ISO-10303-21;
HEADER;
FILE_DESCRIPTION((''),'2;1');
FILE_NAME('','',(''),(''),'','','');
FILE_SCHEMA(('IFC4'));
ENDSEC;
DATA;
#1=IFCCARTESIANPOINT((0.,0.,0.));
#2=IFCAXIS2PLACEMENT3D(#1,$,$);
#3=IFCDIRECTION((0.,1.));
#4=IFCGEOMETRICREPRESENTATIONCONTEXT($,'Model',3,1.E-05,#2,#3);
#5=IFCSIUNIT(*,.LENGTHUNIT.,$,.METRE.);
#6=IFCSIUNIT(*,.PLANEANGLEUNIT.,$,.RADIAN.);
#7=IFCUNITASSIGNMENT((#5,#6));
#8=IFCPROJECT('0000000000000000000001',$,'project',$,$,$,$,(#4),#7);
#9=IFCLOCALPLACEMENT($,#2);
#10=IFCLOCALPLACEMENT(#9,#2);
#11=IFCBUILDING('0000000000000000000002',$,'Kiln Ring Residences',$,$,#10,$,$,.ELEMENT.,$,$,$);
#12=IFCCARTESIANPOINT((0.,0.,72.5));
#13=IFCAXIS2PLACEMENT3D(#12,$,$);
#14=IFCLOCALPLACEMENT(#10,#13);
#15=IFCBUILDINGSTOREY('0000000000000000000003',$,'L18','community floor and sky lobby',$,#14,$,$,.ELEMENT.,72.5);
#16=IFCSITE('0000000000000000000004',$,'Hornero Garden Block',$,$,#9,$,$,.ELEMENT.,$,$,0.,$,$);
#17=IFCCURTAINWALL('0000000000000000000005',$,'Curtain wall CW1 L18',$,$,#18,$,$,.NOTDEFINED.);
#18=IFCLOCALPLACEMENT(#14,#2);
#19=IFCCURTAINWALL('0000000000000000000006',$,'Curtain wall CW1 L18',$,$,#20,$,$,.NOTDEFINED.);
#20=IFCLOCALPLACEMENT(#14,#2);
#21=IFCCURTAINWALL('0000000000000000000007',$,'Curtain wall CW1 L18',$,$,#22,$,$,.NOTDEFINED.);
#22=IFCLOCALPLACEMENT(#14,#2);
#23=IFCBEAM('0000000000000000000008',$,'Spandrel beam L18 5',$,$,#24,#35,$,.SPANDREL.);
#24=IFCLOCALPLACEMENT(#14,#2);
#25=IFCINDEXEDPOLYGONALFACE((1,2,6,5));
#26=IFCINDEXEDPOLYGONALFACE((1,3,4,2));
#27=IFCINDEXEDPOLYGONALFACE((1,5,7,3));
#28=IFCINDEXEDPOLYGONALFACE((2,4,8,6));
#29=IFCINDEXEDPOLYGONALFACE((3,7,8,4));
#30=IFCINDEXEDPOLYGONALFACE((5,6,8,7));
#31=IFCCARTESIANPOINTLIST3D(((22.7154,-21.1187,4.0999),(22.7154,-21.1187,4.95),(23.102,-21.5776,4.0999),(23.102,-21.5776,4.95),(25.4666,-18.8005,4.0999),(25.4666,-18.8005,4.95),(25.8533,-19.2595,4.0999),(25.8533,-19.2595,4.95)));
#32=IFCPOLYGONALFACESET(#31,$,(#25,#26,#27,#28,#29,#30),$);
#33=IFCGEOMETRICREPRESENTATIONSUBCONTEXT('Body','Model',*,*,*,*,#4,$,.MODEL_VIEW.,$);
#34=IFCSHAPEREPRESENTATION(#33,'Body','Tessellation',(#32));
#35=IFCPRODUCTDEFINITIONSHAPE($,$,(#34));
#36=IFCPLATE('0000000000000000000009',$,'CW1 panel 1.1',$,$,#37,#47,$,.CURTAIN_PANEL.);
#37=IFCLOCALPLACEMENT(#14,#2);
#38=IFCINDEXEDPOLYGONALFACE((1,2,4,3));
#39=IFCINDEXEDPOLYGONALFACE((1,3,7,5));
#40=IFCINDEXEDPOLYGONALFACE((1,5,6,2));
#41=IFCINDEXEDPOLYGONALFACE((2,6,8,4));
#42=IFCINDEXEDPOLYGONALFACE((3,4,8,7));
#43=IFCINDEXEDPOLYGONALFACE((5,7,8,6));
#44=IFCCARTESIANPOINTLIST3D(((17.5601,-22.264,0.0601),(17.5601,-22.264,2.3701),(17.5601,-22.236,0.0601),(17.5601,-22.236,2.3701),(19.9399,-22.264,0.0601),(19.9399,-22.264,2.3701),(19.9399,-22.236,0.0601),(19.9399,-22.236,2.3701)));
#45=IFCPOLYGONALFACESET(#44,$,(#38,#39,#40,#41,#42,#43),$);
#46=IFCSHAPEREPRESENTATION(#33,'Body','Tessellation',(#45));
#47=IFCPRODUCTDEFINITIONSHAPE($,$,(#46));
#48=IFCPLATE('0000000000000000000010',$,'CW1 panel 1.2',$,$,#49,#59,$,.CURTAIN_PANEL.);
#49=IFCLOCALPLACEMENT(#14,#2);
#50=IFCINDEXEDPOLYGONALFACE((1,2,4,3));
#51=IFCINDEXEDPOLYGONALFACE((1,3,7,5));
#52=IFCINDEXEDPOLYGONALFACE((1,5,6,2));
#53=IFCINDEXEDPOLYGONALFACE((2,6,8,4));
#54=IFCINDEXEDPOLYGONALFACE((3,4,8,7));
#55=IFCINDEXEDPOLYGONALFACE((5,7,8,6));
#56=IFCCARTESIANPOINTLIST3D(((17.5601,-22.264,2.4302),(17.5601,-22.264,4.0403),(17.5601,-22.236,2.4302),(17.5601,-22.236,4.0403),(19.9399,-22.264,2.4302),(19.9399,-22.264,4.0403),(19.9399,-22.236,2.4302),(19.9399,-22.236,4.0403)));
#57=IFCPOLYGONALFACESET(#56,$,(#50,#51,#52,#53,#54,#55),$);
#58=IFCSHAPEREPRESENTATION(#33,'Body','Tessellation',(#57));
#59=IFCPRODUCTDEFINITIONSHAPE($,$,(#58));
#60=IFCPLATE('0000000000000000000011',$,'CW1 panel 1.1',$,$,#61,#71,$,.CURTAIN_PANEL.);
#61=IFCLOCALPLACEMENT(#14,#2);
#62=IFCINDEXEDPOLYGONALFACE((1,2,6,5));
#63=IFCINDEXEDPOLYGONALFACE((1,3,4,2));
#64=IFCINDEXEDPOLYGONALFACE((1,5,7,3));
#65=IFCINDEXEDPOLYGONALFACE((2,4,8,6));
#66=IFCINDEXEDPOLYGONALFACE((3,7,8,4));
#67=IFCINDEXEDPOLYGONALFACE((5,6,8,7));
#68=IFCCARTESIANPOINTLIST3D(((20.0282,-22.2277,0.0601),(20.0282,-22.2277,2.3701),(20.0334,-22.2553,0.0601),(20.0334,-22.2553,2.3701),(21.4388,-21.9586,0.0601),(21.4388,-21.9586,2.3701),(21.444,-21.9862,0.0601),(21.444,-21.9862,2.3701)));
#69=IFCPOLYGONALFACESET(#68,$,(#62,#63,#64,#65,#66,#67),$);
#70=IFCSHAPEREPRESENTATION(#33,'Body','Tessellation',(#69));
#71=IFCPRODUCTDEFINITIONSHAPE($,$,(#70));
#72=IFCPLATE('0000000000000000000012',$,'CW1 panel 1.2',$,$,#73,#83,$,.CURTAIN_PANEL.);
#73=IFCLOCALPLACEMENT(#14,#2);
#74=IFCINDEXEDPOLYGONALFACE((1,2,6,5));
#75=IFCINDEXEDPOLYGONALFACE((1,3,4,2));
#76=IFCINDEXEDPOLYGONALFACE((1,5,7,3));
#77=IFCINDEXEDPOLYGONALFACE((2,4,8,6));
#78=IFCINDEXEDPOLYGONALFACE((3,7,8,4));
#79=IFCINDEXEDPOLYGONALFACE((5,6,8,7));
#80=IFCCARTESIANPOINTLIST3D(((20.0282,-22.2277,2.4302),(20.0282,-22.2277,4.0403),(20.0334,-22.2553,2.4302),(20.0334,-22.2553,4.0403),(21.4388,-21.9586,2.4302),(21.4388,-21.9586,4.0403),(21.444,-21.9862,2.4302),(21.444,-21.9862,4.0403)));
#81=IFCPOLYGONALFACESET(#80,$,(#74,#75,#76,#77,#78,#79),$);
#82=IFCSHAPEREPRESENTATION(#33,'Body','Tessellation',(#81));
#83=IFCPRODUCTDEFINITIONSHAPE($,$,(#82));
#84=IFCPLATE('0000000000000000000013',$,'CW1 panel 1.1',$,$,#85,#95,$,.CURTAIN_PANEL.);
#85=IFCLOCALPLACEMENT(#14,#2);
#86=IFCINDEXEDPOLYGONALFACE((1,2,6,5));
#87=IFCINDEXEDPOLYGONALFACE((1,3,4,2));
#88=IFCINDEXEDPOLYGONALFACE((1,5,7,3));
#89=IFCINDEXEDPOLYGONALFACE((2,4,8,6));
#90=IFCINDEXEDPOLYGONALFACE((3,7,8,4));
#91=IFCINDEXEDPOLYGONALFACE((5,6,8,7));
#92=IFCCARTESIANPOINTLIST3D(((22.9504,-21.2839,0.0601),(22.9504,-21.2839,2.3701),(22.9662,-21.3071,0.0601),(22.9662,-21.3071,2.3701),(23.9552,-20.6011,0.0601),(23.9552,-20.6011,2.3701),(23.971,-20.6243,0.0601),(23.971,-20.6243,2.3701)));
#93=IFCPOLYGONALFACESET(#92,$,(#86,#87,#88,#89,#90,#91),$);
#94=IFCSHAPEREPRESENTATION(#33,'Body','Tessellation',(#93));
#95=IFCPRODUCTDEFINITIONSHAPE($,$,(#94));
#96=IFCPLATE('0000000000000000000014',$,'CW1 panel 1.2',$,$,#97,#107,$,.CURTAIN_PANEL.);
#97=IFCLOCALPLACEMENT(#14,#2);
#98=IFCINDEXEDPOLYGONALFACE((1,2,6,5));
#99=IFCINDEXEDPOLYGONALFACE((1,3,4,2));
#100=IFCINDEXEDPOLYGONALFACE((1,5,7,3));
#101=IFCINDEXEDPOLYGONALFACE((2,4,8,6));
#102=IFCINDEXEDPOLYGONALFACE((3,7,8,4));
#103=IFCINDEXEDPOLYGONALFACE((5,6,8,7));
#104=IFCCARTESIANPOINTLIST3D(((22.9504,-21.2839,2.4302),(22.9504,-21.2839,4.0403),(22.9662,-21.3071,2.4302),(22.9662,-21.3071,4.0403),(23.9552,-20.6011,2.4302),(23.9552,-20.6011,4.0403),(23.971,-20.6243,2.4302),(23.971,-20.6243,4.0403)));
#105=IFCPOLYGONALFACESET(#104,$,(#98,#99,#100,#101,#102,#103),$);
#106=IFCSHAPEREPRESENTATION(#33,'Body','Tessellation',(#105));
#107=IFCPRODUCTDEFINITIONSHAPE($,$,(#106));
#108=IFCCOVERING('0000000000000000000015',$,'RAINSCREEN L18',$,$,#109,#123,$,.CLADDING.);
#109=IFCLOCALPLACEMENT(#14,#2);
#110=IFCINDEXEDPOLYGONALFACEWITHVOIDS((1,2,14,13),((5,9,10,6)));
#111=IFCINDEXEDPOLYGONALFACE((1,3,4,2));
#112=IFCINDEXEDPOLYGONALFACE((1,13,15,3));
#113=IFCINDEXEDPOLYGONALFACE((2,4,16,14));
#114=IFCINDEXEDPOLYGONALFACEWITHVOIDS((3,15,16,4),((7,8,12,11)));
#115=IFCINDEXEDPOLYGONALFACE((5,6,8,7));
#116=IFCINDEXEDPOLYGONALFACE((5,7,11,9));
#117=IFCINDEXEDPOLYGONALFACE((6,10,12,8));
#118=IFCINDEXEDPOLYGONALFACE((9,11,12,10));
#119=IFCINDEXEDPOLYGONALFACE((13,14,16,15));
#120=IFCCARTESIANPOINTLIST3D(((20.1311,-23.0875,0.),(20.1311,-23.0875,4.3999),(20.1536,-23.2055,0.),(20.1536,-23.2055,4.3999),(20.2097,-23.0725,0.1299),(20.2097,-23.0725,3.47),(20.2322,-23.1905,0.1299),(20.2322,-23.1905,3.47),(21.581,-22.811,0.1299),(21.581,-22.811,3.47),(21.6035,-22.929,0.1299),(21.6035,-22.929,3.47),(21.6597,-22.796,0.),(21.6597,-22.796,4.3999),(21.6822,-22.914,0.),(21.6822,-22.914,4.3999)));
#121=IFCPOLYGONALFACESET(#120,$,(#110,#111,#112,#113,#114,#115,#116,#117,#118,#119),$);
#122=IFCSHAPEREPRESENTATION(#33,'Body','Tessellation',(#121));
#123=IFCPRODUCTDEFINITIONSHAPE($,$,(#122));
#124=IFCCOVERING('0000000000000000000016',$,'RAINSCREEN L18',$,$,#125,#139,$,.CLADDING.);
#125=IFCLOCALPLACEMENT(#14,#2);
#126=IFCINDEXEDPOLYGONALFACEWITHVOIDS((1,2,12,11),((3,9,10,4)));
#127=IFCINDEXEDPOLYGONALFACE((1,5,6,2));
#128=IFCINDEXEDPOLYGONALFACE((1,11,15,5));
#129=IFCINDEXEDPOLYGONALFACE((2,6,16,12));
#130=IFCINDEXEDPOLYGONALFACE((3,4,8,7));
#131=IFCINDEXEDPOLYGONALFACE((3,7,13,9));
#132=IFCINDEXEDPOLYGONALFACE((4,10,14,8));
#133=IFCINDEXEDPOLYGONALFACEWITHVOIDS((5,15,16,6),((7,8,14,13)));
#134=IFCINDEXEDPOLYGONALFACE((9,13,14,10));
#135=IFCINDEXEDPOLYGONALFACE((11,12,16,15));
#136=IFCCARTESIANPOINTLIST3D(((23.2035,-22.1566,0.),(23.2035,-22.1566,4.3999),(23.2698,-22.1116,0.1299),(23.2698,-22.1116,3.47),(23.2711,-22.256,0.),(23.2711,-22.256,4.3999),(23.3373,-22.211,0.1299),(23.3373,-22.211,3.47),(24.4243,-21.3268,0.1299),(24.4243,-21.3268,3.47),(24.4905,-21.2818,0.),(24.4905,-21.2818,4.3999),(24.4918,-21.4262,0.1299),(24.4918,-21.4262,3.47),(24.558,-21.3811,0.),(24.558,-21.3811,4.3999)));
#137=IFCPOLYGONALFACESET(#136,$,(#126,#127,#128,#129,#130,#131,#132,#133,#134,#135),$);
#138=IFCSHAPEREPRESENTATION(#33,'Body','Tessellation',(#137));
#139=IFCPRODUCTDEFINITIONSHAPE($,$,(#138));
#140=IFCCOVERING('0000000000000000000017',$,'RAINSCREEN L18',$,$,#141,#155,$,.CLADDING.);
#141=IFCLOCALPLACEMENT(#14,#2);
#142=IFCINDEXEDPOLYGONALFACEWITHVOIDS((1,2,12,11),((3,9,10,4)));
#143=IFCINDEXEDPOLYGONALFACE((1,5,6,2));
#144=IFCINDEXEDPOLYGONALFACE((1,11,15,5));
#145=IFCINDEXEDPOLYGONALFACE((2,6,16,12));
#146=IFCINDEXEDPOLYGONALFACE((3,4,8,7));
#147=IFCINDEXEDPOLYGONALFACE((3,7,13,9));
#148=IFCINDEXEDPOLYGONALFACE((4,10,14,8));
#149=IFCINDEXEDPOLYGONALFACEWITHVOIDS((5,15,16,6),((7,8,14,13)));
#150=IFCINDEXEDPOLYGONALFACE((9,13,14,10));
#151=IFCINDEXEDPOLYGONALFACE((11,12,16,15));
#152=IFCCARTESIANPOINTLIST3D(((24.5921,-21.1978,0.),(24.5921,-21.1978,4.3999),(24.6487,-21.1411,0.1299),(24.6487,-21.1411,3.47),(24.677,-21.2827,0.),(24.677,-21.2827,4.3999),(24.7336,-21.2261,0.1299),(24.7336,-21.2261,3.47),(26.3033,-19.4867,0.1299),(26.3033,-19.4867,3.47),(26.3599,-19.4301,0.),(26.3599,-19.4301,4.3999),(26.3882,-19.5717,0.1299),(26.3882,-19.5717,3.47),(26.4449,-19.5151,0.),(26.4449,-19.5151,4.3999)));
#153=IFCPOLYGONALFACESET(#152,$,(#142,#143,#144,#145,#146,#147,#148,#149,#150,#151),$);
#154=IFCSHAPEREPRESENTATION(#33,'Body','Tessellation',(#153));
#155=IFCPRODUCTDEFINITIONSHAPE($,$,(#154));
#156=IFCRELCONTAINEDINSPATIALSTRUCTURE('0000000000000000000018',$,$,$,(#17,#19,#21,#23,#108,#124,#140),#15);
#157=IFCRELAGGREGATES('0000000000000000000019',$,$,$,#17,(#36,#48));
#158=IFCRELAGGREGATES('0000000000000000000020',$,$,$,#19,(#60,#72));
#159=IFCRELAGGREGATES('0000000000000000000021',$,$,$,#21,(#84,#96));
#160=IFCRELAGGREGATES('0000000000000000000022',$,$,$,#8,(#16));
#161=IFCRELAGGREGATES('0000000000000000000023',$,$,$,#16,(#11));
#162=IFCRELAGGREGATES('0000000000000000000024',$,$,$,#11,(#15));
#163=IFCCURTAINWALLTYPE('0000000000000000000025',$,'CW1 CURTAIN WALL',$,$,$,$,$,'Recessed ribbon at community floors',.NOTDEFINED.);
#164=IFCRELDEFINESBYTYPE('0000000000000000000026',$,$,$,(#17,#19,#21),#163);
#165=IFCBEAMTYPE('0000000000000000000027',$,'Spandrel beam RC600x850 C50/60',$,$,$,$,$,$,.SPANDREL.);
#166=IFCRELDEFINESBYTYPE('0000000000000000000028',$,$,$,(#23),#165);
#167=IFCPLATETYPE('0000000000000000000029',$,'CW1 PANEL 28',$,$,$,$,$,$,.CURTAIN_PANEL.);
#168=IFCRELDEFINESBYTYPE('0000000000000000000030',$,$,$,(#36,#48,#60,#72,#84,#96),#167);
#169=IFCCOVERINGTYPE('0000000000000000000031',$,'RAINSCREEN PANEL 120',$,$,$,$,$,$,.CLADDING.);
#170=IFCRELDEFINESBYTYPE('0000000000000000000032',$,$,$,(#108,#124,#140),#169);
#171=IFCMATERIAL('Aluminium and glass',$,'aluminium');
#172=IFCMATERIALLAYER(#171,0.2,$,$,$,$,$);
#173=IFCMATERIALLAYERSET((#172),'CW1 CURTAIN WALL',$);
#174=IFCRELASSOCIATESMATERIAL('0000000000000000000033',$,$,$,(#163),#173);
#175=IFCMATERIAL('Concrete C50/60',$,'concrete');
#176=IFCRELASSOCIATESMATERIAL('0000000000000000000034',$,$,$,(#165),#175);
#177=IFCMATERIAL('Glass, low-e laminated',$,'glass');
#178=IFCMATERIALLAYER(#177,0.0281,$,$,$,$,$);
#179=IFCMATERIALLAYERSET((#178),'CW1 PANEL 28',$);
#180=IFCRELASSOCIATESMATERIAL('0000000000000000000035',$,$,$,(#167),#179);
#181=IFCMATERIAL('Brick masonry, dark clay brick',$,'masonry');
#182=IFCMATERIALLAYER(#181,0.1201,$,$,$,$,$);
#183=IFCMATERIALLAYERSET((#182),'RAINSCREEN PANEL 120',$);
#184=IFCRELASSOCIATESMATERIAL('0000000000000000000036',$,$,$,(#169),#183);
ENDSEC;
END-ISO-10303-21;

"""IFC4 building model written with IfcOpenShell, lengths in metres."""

from ifc_helpers import new_model, si_unit, direction, frame, origin, origin_2d, place, context, subcontext, project, spatial, polyline, rectangle, outline, extrude, material, layer, layer_set, material_profile, profile_set, type_object, element, aggregate, save


model = new_model("IFC4")

# Units and contexts
model_context = context("Model", 3, precision=1e-05, world=origin(), true_north=direction((0.0, 1.0)))
body_context = subcontext(model_context, "Body", "Model", "MODEL_VIEW")
ifc_project = project(units=[si_unit("LENGTHUNIT", "METRE"), si_unit("PLANEANGLEUNIT", "RADIAN")], contexts=[model_context])

# Site, building, storey
site_placement = place(None, origin())
site = spatial("IfcSite", under=ifc_project, at=site_placement, Name="Hornero Garden Block", CompositionType="ELEMENT", RefElevation=0.0)
building_placement = place(site_placement, origin())
building = spatial("IfcBuilding", under=site, at=building_placement, Name="Kiln Ring Residences", CompositionType="ELEMENT")
storey_placement = place(building_placement, frame((0.0, 0.0, 72.5)))
storey = spatial("IfcBuildingStorey", under=building, at=storey_placement, Name="L18", Description="community floor and sky lobby", CompositionType="ELEMENT", Elevation=72.5)

# Curtain wall
ifc_material_1 = material(Name="Aluminium and glass", Category="aluminium")
ifc_layer_1 = layer(ifc_material_1, 0.2)
ifc_layer_set_1 = layer_set([ifc_layer_1], Name="CW1 CURTAIN WALL")
curtain_wall_type = type_object("IfcCurtainWallType", Name="CW1 CURTAIN WALL", ElementType="Recessed ribbon at community floors", PredefinedType="NOTDEFINED", material=ifc_layer_set_1)
placement = place(storey_placement, origin())
curtain_wall_1 = element("IfcCurtainWall", 1, at=placement, inside=storey, type_object=curtain_wall_type, Name="Curtain wall CW1 L18", PredefinedType="NOTDEFINED")

# Curtain walls
curtain_wall_2 = element("IfcCurtainWall", 2, at=placement, inside=storey, type_object=curtain_wall_type, Name="Curtain wall CW1 L18", PredefinedType="NOTDEFINED")
curtain_wall_3 = element("IfcCurtainWall", 3, at=placement, inside=storey, type_object=curtain_wall_type, Name="Curtain wall CW1 L18", PredefinedType="NOTDEFINED")

# Beam
ifc_material_2 = material(Name="Concrete C50/60", Category="concrete")
ifc_material_profile_1 = material_profile(ifc_material_2, rectangle(XDim=0.6001, YDim=0.8501, at=origin_2d()), Name="RC600x850")
ifc_profile_set_1 = profile_set([ifc_material_profile_1], Name="Concrete C50/60")
beam_type = type_object("IfcBeamType", Name="Spandrel beam RC600x850 C50/60", PredefinedType="SPANDREL", material=ifc_profile_set_1)
beam_placement = place(storey_placement, frame((22.9087, -21.3481, 4.5249), z_axis=(0.764733, 0.644347, 0.0), x_axis=(-0.644347, 0.764733, 0.0)))
element("IfcBeam", 4, at=beam_placement, inside=storey, type_object=beam_type, Name="Spandrel beam L18 5", PredefinedType="SPANDREL", context=body_context, shape_type="SweptSolid", body=[
    extrude(rectangle(XDim=0.6001, YDim=0.8501, at=origin_2d()), origin(), (0.0, 0.0, 1.0), 3.5977),
])

# Plates
ifc_material_3 = material(Name="Glass, low-e laminated", Category="glass")
ifc_layer_2 = layer(ifc_material_3, 0.0281)
ifc_layer_set_2 = layer_set([ifc_layer_2], Name="CW1 PANEL 28")
plate_type = type_object("IfcPlateType", Name="CW1 PANEL 28", PredefinedType="CURTAIN_PANEL", material=ifc_layer_set_2)
plate_1_placement = place(storey_placement, frame((18.75, -22.25, 0.0601), z_axis=(0.0, 0.0, 1.0), x_axis=(1.0, 0.0, 0.0)))
plate_1 = element("IfcPlate", 5, at=plate_1_placement, type_object=plate_type, Name="CW1 panel 1.1", PredefinedType="CURTAIN_PANEL", context=body_context, shape_type="SweptSolid", body=[
    extrude(rectangle(XDim=2.3799, YDim=0.0281, at=origin_2d()), origin(), (0.0, 0.0, 1.0), 2.3101),
])
plate_2_placement = place(storey_placement, frame((18.75, -22.25, 2.4302), z_axis=(0.0, 0.0, 1.0), x_axis=(1.0, 0.0, 0.0)))
plate_2 = element("IfcPlate", 6, at=plate_2_placement, type_object=plate_type, Name="CW1 panel 1.2", PredefinedType="CURTAIN_PANEL", context=body_context, shape_type="SweptSolid", body=[
    extrude(rectangle(XDim=2.3799, YDim=0.0281, at=origin_2d()), origin(), (0.0, 0.0, 1.0), 1.6101),
])
aggregate(curtain_wall_1, [plate_1, plate_2])
plate_3_placement = place(storey_placement, frame((20.7361, -22.1069, 0.0601), z_axis=(0.0, 0.0, 1.0), x_axis=(0.98229, 0.187366, 0.0)))
plate_3 = element("IfcPlate", 7, at=plate_3_placement, type_object=plate_type, Name="CW1 panel 1.1", PredefinedType="CURTAIN_PANEL", context=body_context, shape_type="SweptSolid", body=[
    extrude(rectangle(XDim=1.436, YDim=0.0281, at=origin_2d()), origin(), (0.0, 0.0, 1.0), 2.3101),
])
plate_4_placement = place(storey_placement, frame((20.7361, -22.1069, 2.4302), z_axis=(0.0, 0.0, 1.0), x_axis=(0.98229, 0.187366, 0.0)))
plate_4 = element("IfcPlate", 8, at=plate_4_placement, type_object=plate_type, Name="CW1 panel 1.2", PredefinedType="CURTAIN_PANEL", context=body_context, shape_type="SweptSolid", body=[
    extrude(rectangle(XDim=1.436, YDim=0.0281, at=origin_2d()), origin(), (0.0, 0.0, 1.0), 1.6101),
])
aggregate(curtain_wall_2, [plate_3, plate_4])
plate_5_placement = place(storey_placement, frame((23.4607, -20.9541, 0.0601), z_axis=(0.0, 0.0, 1.0), x_axis=(0.827072, 0.562097, 0.0)))
plate_5 = element("IfcPlate", 9, at=plate_5_placement, type_object=plate_type, Name="CW1 panel 1.1", PredefinedType="CURTAIN_PANEL", context=body_context, shape_type="SweptSolid", body=[
    extrude(rectangle(XDim=1.2148, YDim=0.0281, at=origin_2d()), origin(), (0.0, 0.0, 1.0), 2.3101),
])
plate_6_placement = place(storey_placement, frame((23.4607, -20.9541, 2.4302), z_axis=(0.0, 0.0, 1.0), x_axis=(0.827072, 0.562097, 0.0)))
plate_6 = element("IfcPlate", 10, at=plate_6_placement, type_object=plate_type, Name="CW1 panel 1.2", PredefinedType="CURTAIN_PANEL", context=body_context, shape_type="SweptSolid", body=[
    extrude(rectangle(XDim=1.2148, YDim=0.0281, at=origin_2d()), origin(), (0.0, 0.0, 1.0), 1.6101),
])
aggregate(curtain_wall_3, [plate_5, plate_6])

# Coverings
ifc_material_4 = material(Name="Brick masonry, dark clay brick", Category="masonry")
ifc_layer_3 = layer(ifc_material_4, 0.1201)
ifc_layer_set_3 = layer_set([ifc_layer_3], Name="RAINSCREEN PANEL 120")
covering_type = type_object("IfcCoveringType", Name="RAINSCREEN PANEL 120", PredefinedType="CLADDING", material=ifc_layer_set_3)
for number, where, z_axis, x_axis, name in (
    (11, (20.1423, -23.1465, 0.0), (0.0, 0.0, 1.0), (0.982297, 0.187328, 0.0), "RAINSCREEN L18"),
    (12, (23.2373, -22.2063, 0.0), (0.0, 0.0, 1.0), (0.82702, 0.562173, 0.0), "RAINSCREEN L18"),
):
    element("IfcCovering", number, at=place(storey_placement, frame(where, z_axis=z_axis, x_axis=x_axis)), inside=storey, type_object=covering_type, Name=name, PredefinedType="CLADDING", context=body_context, shape_type="SweptSolid", body=[
        extrude(outline(polyline([(0.0, 0.0), (1.5562, 0.0), (1.5562, 4.3999), (0.0, 4.3999), (0.0, 0.0)]), holes=[polyline([(0.0801, 3.47), (0.0801, 0.1299), (1.4761, 0.1299), (1.4761, 3.47), (0.0801, 3.47)])]), frame((0.0, 0.0601, 0.0), z_axis=(0.0, -1.0, 0.0), x_axis=(1.0, 0.0, 0.0)), (0.0, 0.0, 1.0), 0.1201),
    ])
covering_placement = place(storey_placement, frame((24.6345, -21.2402, 0.0), z_axis=(0.0, 0.0, 1.0), x_axis=(0.707156, 0.707058, 0.0)))
element("IfcCovering", 13, at=covering_placement, inside=storey, type_object=covering_type, Name="RAINSCREEN L18", PredefinedType="CLADDING", context=body_context, shape_type="SweptSolid", body=[
    extrude(outline(polyline([(0.0, 0.0), (2.5, 0.0), (2.5, 4.3999), (0.0, 4.3999), (0.0, 0.0)]), holes=[polyline([(0.0801, 3.47), (0.0801, 0.1299), (2.4199, 0.1299), (2.4199, 3.47), (0.0801, 3.47)])]), frame((0.0, 0.0601, 0.0), z_axis=(0.0, -1.0, 0.0), x_axis=(1.0, 0.0, 0.0)), (0.0, 0.0, 1.0), 0.1201),
])

save(model, "model.ifc")
